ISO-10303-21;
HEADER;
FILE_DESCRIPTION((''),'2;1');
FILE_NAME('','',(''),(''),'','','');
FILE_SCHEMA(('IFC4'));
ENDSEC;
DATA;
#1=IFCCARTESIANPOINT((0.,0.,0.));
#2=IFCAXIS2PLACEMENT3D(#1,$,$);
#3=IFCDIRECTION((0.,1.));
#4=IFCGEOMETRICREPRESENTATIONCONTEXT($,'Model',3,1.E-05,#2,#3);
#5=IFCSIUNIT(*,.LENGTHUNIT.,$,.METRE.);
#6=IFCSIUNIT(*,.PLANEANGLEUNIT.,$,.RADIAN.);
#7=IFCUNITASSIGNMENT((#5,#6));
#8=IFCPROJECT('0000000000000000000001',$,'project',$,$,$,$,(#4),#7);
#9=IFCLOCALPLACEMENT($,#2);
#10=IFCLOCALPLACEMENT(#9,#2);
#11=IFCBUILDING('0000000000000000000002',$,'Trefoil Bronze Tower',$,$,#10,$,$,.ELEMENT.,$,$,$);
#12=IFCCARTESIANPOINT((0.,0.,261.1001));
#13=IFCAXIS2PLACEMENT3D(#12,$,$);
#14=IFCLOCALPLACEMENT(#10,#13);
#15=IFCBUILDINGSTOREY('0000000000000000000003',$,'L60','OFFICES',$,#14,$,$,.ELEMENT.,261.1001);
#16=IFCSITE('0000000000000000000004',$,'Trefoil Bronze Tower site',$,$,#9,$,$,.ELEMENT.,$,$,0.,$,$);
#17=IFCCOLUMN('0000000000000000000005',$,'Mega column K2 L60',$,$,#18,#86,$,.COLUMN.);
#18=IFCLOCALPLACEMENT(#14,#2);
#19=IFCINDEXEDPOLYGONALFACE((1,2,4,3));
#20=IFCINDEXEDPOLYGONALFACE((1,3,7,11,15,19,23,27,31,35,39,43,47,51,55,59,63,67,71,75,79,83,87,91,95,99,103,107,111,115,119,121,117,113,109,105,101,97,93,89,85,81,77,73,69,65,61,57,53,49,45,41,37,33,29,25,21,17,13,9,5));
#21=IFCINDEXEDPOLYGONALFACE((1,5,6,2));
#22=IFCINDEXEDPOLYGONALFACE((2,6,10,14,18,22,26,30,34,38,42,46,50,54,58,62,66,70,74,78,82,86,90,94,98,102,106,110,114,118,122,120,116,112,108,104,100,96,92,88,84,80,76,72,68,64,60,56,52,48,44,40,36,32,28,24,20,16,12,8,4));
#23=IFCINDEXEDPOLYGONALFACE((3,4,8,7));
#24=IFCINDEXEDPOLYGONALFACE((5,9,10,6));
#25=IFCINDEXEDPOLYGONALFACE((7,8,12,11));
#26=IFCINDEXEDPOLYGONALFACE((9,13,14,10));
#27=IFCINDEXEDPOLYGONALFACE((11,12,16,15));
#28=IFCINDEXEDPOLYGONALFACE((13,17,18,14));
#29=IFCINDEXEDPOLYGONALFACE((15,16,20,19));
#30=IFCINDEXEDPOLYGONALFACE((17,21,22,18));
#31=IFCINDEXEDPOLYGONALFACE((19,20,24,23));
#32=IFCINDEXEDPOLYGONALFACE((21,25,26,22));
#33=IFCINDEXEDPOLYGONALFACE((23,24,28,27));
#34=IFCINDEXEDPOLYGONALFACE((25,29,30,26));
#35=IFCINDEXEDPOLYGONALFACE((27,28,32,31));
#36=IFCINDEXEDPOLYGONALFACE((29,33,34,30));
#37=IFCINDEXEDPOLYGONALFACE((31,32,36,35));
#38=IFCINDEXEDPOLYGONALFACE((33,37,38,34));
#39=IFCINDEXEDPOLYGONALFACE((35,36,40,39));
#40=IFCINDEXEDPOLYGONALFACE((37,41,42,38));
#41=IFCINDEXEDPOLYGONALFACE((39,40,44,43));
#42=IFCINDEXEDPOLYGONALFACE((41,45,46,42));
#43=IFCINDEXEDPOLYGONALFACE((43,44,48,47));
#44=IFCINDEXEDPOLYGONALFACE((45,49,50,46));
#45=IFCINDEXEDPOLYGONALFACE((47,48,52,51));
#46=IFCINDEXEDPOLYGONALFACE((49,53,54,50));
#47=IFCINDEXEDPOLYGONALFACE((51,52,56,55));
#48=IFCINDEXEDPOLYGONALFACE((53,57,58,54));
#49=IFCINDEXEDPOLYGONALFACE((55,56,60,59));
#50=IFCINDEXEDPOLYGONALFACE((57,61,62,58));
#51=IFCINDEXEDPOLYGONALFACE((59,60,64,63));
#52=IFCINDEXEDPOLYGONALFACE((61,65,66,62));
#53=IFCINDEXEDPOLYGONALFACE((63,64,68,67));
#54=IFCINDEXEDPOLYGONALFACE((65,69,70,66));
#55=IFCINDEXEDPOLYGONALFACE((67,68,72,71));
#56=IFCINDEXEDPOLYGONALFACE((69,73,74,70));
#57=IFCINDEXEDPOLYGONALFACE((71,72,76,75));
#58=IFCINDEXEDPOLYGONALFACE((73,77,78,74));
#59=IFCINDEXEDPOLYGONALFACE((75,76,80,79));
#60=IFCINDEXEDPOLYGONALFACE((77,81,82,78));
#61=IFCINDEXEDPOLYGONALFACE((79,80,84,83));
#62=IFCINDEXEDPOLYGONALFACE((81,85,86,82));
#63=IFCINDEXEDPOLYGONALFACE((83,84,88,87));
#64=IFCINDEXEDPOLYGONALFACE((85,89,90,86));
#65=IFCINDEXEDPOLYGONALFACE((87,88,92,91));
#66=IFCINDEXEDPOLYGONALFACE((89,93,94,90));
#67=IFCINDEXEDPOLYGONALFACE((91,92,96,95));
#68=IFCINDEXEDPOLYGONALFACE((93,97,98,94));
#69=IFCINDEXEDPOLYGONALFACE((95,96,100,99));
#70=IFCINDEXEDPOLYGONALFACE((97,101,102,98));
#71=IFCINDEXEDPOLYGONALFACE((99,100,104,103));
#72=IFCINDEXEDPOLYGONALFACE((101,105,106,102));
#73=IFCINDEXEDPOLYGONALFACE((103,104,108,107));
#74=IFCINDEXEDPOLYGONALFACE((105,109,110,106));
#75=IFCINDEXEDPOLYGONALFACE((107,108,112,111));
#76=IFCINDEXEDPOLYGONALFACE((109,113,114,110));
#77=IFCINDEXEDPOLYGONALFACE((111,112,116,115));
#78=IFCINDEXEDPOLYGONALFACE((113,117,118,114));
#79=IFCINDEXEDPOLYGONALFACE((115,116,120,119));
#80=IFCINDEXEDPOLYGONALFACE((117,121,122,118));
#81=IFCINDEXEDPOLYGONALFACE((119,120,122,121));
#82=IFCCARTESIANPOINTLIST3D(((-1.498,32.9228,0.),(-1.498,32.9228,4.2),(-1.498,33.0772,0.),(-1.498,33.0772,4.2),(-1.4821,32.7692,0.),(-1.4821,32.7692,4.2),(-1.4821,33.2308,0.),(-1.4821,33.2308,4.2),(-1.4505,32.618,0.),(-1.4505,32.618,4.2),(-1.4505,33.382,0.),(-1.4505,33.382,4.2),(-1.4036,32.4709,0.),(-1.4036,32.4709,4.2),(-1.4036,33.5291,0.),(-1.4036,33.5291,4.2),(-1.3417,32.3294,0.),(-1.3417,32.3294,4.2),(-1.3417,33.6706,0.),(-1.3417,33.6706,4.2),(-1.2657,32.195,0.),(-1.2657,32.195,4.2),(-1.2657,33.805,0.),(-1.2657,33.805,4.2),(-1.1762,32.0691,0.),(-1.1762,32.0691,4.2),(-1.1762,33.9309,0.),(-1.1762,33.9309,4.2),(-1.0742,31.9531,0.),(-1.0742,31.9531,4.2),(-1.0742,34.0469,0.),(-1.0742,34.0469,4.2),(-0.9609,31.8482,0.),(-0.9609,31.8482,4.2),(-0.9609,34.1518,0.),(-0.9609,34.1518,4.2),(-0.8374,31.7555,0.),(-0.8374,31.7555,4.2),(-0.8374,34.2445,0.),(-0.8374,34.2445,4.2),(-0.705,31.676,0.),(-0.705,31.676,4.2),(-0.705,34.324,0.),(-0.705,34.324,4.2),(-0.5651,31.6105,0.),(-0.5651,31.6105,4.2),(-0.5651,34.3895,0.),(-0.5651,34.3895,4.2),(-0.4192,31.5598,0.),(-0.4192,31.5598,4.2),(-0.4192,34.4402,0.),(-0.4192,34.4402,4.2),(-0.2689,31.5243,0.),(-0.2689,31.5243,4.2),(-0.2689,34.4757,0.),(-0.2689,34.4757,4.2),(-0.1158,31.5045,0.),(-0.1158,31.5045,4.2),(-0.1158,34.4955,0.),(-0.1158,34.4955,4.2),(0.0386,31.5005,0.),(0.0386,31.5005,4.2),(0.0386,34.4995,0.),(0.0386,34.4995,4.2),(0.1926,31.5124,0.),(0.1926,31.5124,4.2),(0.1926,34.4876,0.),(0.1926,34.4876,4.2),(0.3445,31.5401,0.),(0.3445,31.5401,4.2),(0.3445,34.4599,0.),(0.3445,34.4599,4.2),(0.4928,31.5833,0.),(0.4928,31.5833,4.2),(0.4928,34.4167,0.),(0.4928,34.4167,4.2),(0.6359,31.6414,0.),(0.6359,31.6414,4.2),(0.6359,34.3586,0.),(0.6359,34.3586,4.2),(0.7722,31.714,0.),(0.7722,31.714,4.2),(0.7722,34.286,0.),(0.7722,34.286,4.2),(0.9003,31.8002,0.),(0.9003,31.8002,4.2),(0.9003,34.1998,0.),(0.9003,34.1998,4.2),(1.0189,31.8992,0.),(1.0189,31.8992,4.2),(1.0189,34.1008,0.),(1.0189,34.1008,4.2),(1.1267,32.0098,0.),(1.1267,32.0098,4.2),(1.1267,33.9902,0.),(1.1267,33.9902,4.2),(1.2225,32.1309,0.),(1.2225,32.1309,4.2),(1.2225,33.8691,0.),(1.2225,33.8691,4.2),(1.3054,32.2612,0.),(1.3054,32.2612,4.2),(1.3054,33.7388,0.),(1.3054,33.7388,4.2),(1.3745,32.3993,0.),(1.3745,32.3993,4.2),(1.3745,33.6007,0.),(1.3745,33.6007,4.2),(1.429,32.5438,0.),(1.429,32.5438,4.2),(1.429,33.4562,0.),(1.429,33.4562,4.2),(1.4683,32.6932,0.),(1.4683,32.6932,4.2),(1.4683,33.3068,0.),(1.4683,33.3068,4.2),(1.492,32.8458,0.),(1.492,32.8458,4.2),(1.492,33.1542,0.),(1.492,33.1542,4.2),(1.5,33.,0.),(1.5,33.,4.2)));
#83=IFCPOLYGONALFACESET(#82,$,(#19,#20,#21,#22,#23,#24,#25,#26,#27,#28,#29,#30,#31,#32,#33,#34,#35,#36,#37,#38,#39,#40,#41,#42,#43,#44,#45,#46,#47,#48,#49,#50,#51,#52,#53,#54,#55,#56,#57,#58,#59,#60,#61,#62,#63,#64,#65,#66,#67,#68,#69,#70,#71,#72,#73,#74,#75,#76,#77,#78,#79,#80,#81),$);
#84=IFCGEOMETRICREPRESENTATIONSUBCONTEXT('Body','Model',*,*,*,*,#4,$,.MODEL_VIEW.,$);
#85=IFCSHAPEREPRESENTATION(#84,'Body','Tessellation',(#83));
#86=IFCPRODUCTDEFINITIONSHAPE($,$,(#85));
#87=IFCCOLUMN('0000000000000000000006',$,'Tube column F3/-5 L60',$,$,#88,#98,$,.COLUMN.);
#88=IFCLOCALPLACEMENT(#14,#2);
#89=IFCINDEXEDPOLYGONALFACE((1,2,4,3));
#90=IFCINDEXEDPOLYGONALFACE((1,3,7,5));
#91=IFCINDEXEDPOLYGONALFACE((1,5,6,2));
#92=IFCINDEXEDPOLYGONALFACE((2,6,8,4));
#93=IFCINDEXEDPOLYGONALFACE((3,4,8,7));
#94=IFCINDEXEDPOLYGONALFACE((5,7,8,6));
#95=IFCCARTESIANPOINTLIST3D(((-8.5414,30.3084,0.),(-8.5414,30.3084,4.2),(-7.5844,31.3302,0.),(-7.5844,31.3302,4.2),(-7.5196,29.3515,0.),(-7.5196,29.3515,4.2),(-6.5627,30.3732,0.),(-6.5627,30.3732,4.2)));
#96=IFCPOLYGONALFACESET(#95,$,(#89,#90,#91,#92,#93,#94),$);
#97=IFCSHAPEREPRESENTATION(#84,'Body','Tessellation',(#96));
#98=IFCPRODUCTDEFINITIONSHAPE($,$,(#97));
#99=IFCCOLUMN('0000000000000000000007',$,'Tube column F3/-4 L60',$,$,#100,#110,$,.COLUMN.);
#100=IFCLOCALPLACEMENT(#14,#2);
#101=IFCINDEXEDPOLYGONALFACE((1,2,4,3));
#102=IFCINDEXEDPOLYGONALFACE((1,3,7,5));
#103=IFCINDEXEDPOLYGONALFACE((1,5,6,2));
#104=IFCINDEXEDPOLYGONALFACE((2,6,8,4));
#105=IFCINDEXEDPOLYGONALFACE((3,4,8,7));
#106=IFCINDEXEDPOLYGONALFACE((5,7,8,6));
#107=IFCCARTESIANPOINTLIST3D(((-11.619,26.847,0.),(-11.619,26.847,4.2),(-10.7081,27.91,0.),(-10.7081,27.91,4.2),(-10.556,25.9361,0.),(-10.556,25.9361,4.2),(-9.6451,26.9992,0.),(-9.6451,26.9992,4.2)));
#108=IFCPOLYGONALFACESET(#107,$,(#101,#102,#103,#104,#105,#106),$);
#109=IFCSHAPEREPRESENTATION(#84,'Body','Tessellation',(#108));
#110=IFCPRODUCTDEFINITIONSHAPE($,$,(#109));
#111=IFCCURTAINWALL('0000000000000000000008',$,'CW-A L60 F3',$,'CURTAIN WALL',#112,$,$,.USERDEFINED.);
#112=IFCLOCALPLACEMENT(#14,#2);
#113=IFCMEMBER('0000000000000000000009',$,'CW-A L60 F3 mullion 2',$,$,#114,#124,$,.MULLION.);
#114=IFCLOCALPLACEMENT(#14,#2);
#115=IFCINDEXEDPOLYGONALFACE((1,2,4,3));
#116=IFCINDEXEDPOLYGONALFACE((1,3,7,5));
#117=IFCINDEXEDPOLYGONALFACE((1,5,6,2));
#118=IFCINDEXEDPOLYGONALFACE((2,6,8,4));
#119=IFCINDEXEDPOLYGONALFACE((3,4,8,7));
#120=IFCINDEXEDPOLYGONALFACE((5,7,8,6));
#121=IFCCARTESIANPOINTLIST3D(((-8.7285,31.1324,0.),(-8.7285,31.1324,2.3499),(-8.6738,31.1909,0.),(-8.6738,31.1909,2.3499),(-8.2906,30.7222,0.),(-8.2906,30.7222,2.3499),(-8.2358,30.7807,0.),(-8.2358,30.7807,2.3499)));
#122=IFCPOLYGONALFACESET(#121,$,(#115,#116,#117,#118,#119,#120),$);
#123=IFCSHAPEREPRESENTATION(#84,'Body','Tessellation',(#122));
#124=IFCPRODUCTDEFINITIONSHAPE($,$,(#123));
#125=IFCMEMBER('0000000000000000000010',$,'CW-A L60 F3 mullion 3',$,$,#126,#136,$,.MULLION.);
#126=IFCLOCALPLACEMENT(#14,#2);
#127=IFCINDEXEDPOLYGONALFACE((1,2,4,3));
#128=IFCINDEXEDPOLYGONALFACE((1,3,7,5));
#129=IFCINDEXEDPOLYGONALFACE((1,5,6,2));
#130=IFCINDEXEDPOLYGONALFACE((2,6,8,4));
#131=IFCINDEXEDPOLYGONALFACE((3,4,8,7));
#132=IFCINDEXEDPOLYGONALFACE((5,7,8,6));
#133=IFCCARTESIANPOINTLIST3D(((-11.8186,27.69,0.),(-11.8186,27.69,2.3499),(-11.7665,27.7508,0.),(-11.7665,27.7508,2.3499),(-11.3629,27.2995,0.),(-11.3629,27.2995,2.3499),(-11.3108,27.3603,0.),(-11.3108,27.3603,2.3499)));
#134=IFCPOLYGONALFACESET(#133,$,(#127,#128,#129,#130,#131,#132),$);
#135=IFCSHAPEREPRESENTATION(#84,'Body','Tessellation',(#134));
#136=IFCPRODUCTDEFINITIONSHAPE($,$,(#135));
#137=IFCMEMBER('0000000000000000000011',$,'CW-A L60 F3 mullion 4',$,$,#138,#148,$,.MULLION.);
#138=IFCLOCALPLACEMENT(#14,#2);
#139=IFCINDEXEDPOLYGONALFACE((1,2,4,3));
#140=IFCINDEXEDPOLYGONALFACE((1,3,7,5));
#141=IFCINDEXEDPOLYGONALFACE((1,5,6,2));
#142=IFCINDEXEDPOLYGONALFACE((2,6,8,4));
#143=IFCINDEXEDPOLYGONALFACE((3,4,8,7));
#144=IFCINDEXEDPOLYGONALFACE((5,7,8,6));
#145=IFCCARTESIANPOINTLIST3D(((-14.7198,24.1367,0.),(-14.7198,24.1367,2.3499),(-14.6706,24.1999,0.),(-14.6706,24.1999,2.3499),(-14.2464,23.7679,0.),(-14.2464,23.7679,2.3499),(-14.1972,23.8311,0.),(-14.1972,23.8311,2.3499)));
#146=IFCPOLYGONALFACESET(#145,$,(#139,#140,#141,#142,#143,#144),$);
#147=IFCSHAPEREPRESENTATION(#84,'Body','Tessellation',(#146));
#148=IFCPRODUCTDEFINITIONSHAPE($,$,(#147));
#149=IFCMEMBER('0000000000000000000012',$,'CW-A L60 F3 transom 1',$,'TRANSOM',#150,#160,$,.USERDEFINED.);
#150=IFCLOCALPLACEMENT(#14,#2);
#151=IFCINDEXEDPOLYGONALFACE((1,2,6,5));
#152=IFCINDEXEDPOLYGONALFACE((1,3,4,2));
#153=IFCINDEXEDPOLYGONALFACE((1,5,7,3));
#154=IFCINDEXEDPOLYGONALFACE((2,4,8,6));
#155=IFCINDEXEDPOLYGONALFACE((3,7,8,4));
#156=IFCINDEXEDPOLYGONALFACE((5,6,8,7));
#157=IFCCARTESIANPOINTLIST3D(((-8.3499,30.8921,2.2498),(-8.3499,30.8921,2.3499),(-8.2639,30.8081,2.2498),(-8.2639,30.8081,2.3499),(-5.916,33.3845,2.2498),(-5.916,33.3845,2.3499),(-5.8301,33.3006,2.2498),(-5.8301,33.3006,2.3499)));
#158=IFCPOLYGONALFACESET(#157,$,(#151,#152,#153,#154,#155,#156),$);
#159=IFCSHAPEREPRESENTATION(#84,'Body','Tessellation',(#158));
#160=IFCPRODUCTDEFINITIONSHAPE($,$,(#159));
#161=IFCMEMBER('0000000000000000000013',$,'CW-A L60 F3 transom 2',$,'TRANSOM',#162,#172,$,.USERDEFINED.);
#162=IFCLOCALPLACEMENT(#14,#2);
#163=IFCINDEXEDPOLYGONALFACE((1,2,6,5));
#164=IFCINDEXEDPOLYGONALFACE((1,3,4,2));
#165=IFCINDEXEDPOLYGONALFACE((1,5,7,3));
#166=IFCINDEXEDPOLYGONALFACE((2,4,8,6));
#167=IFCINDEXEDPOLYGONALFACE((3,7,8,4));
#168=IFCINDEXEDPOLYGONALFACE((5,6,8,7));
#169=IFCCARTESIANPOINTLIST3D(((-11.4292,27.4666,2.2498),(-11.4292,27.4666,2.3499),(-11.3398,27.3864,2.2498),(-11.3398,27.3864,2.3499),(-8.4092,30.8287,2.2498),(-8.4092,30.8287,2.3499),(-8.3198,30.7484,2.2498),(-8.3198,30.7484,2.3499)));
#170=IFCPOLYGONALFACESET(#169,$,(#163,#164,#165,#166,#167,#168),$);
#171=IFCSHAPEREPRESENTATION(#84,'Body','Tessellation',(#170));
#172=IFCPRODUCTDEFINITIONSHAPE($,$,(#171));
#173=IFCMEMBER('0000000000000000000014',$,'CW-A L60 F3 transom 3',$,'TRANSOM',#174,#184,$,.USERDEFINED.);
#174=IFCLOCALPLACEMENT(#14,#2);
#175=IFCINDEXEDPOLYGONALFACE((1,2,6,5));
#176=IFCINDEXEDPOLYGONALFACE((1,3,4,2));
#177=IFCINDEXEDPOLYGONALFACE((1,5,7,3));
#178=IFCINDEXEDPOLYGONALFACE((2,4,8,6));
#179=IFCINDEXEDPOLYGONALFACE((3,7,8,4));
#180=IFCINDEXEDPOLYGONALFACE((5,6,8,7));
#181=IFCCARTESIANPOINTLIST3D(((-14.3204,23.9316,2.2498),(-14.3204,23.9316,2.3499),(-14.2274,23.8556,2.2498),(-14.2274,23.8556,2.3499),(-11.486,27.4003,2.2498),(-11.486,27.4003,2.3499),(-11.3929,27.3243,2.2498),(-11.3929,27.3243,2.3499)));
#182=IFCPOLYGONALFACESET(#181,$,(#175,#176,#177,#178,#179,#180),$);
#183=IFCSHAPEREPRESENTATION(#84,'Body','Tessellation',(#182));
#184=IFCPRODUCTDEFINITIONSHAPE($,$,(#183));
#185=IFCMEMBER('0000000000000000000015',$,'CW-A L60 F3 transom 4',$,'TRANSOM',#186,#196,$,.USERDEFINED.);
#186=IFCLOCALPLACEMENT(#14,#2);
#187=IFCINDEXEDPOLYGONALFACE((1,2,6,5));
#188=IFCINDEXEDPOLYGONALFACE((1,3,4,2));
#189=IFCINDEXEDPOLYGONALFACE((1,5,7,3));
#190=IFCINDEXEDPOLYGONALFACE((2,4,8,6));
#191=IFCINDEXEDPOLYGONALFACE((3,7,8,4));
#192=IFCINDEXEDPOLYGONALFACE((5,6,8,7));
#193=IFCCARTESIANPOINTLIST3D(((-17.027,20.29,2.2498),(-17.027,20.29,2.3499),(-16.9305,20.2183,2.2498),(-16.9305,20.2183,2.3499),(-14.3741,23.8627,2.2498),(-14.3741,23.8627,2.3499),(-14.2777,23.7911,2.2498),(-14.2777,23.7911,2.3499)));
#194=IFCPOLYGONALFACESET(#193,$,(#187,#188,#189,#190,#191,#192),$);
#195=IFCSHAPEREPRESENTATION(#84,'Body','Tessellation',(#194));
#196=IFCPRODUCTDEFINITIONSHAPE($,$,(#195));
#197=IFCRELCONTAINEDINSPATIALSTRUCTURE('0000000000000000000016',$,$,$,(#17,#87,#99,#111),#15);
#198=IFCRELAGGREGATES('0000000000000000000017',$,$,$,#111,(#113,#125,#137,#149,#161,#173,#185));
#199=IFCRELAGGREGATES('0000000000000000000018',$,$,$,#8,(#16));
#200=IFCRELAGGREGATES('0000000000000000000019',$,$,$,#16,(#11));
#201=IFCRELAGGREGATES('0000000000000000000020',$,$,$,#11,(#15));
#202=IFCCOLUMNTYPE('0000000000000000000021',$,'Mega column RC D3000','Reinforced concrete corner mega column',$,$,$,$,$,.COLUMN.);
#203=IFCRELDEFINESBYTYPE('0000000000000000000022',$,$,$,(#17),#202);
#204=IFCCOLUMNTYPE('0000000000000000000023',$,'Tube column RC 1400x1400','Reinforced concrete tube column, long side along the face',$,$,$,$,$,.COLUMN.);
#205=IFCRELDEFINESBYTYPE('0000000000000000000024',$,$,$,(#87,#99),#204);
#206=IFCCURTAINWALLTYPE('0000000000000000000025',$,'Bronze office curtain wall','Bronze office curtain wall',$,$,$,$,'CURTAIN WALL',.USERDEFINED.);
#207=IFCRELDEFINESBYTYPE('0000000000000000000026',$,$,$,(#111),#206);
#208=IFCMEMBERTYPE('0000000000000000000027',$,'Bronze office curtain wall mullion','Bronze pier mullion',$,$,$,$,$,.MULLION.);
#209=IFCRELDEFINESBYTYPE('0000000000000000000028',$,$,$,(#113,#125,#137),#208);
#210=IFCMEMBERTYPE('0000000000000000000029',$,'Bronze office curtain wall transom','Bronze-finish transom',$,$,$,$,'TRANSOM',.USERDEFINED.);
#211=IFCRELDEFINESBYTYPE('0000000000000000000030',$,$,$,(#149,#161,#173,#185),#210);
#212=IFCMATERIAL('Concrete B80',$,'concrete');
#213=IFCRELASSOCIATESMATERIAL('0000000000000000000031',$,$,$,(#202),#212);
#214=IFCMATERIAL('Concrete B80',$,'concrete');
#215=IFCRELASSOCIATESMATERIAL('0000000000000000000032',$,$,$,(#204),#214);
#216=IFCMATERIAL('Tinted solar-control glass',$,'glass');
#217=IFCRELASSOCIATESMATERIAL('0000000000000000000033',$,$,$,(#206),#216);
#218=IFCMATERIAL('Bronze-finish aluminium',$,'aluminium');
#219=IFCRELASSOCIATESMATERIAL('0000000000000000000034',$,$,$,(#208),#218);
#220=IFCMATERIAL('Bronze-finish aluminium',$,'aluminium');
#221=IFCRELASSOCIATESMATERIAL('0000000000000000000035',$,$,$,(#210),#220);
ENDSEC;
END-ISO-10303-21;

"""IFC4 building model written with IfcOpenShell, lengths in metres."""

from ifc_helpers import new_model, si_unit, direction, frame, origin, origin_2d, place, context, subcontext, project, spatial, rectangle, circle, extrude, material, material_profile, profile_set, type_object, element, aggregate, save


model = new_model("IFC4")

# Units and contexts
model_context = context("Model", 3, precision=1e-05, world=origin(), true_north=direction((0.0, 1.0)))
body_context = subcontext(model_context, "Body", "Model", "MODEL_VIEW")
ifc_project = project(units=[si_unit("LENGTHUNIT", "METRE"), si_unit("PLANEANGLEUNIT", "RADIAN")], contexts=[model_context])

# Site, building, storey
site_placement = place(None, origin())
site = spatial("IfcSite", under=ifc_project, at=site_placement, Name="Trefoil Bronze Tower site", CompositionType="ELEMENT", RefElevation=0.0)
building_placement = place(site_placement, origin())
building = spatial("IfcBuilding", under=site, at=building_placement, Name="Trefoil Bronze Tower", CompositionType="ELEMENT")
storey_placement = place(building_placement, frame((0.0, 0.0, 261.1001)))
storey = spatial("IfcBuildingStorey", under=building, at=storey_placement, Name="L60", Description="OFFICES", CompositionType="ELEMENT", Elevation=261.1001)

# Columns
ifc_material_1 = material(Name="Concrete B80", Category="concrete")
ifc_material_profile_1 = material_profile(ifc_material_1, circle(Radius=1.5, at=origin_2d()), Name="RC D3000")
ifc_profile_set_1 = profile_set([ifc_material_profile_1], Name="Concrete B80")
column_type_1 = type_object("IfcColumnType", Name="Mega column RC D3000", Description="Reinforced concrete corner mega column", PredefinedType="COLUMN", material=ifc_profile_set_1)
column_placement = place(storey_placement, frame((0.0, 33.0, 0.0), z_axis=(0.0, 0.0, 1.0), x_axis=(1.0, 0.0, 0.0)))
element("IfcColumn", 1, at=column_placement, inside=storey, type_object=column_type_1, Name="Mega column K2 L60", PredefinedType="COLUMN", context=body_context, shape_type="SweptSolid", body=[
    extrude(circle(Radius=1.5, at=origin_2d()), origin(), (0.0, 0.0, 1.0), 4.2),
])
ifc_material_2 = material(Name="Concrete B80", Category="concrete")
ifc_material_profile_2 = material_profile(ifc_material_2, rectangle(XDim=1.3999, YDim=1.3999, at=origin_2d()), Name="RC 1400x1400")
ifc_profile_set_2 = profile_set([ifc_material_profile_2], Name="Concrete B80")
column_type_2 = type_object("IfcColumnType", Name="Tube column RC 1400x1400", Description="Reinforced concrete tube column, long side along the face", PredefinedType="COLUMN", material=ifc_profile_set_2)
for number, where, z_axis, x_axis, name in (
    (2, (-7.552, 30.3408, 0.0), (0.0, 0.0, 1.0), (-0.683597, -0.72986, 0.0), "Tube column F3/-5 L60"),
    (3, (-10.6321, 26.9231, 0.0), (0.0, 0.0, 1.0), (-0.650677, -0.759355, 0.0), "Tube column F3/-4 L60"),
):
    element("IfcColumn", number, at=place(storey_placement, frame(where, z_axis=z_axis, x_axis=x_axis)), inside=storey, type_object=column_type_2, Name=name, PredefinedType="COLUMN", context=body_context, shape_type="SweptSolid", body=[
        extrude(rectangle(XDim=1.3999, YDim=1.3999, at=origin_2d()), origin(), (0.0, 0.0, 1.0), 4.2),
    ])

# Curtain wall, members
ifc_material_3 = material(Name="Tinted solar-control glass", Category="glass")
curtain_wall_type_1 = type_object("IfcCurtainWallType", Name="Bronze office curtain wall", Description="Bronze office curtain wall", ElementType="CURTAIN WALL", PredefinedType="USERDEFINED", material=ifc_material_3)
curtain_wall_1_placement = place(storey_placement, origin())
curtain_wall_1 = element("IfcCurtainWall", 4, at=curtain_wall_1_placement, inside=storey, type_object=curtain_wall_type_1, Name="CW-A L60 F3", ObjectType="CURTAIN WALL", PredefinedType="USERDEFINED")
ifc_material_4 = material(Name="Bronze-finish aluminium", Category="aluminium")
ifc_material_profile_3 = material_profile(ifc_material_4, rectangle(XDim=0.6001, YDim=0.0801, at=origin_2d()), Name="CW-A mullion")
ifc_profile_set_3 = profile_set([ifc_material_profile_3], Name="Bronze-finish aluminium")
member_type_1 = type_object("IfcMemberType", Name="Bronze office curtain wall mullion", Description="Bronze pier mullion", PredefinedType="MULLION", material=ifc_profile_set_3)
member_1_placement = place(storey_placement, frame((-8.4822, 30.9565, 0.0), z_axis=(0.0, 0.0, 1.0), x_axis=(0.72986, -0.683597, 0.0)))
member_1 = element("IfcMember", 5, at=member_1_placement, type_object=member_type_1, Name="CW-A L60 F3 mullion 2", PredefinedType="MULLION", context=body_context, shape_type="SweptSolid", body=[
    extrude(rectangle(XDim=0.6001, YDim=0.0801, at=origin_2d()), origin(), (0.0, 0.0, 1.0), 2.3499),
])
member_2_placement = place(storey_placement, frame((-11.5647, 27.5251, 0.0), z_axis=(0.0, 0.0, 1.0), x_axis=(0.759355, -0.650677, 0.0)))
member_2 = element("IfcMember", 6, at=member_2_placement, type_object=member_type_1, Name="CW-A L60 F3 mullion 3", PredefinedType="MULLION", context=body_context, shape_type="SweptSolid", body=[
    extrude(rectangle(XDim=0.6001, YDim=0.0801, at=origin_2d()), origin(), (0.0, 0.0, 1.0), 2.3499),
])
member_3_placement = place(storey_placement, frame((-14.4585, 23.9839, 0.0), z_axis=(0.0, 0.0, 1.0), x_axis=(0.788821, -0.614622, 0.0)))
member_3 = element("IfcMember", 7, at=member_3_placement, type_object=member_type_1, Name="CW-A L60 F3 mullion 4", PredefinedType="MULLION", context=body_context, shape_type="SweptSolid", body=[
    extrude(rectangle(XDim=0.6001, YDim=0.0801, at=origin_2d()), origin(), (0.0, 0.0, 1.0), 2.3499),
])
ifc_material_5 = material(Name="Bronze-finish aluminium", Category="aluminium")
ifc_material_profile_4 = material_profile(ifc_material_5, rectangle(XDim=0.1201, YDim=0.1001, at=origin_2d()), Name="CW-A transom")
ifc_profile_set_4 = profile_set([ifc_material_profile_4], Name="Bronze-finish aluminium")
member_type_2 = type_object("IfcMemberType", Name="Bronze office curtain wall transom", Description="Bronze-finish transom", ElementType="TRANSOM", PredefinedType="USERDEFINED", material=ifc_profile_set_4)
member_4_placement = place(storey_placement, frame((-5.873, 33.3425, 2.2998), z_axis=(-0.698647, -0.715467, 0.0), x_axis=(0.715467, -0.698647, 0.0)))
member_4 = element("IfcMember", 8, at=member_4_placement, type_object=member_type_2, Name="CW-A L60 F3 transom 1", ObjectType="TRANSOM", PredefinedType="USERDEFINED", context=body_context, shape_type="SweptSolid", body=[
    extrude(rectangle(XDim=0.1201, YDim=0.1001, at=origin_2d()), origin(), (0.0, 0.0, 1.0), 3.4836),
])
member_5_placement = place(storey_placement, frame((-8.3645, 30.7886, 2.2998), z_axis=(-0.668251, -0.743936, 0.0), x_axis=(0.743936, -0.668251, 0.0)))
member_5 = element("IfcMember", 9, at=member_5_placement, type_object=member_type_2, Name="CW-A L60 F3 transom 2", ObjectType="TRANSOM", PredefinedType="USERDEFINED", context=body_context, shape_type="SweptSolid", body=[
    extrude(rectangle(XDim=0.1201, YDim=0.1001, at=origin_2d()), origin(), (0.0, 0.0, 1.0), 4.5193),
])
member_6_placement = place(storey_placement, frame((-11.4395, 27.3623, 2.2998), z_axis=(-0.632757, -0.774351, 0.0), x_axis=(0.774351, -0.632757, 0.0)))
member_6 = element("IfcMember", 10, at=member_6_placement, type_object=member_type_2, Name="CW-A L60 F3 transom 3", ObjectType="TRANSOM", PredefinedType="USERDEFINED", context=body_context, shape_type="SweptSolid", body=[
    extrude(rectangle(XDim=0.1201, YDim=0.1001, at=origin_2d()), origin(), (0.0, 0.0, 1.0), 4.4795),
])
member_7_placement = place(storey_placement, frame((-14.3259, 23.8269, 2.2998), z_axis=(-0.596148, -0.802874, 0.0), x_axis=(0.802874, -0.596148, 0.0)))
member_7 = element("IfcMember", 11, at=member_7_placement, type_object=member_type_2, Name="CW-A L60 F3 transom 4", ObjectType="TRANSOM", PredefinedType="USERDEFINED", context=body_context, shape_type="SweptSolid", body=[
    extrude(rectangle(XDim=0.1201, YDim=0.1001, at=origin_2d()), origin(), (0.0, 0.0, 1.0), 4.45),
])

aggregate(curtain_wall_1, [member_1, member_2, member_3, member_4, member_5, member_6, member_7])

save(model, "model.ifc")
